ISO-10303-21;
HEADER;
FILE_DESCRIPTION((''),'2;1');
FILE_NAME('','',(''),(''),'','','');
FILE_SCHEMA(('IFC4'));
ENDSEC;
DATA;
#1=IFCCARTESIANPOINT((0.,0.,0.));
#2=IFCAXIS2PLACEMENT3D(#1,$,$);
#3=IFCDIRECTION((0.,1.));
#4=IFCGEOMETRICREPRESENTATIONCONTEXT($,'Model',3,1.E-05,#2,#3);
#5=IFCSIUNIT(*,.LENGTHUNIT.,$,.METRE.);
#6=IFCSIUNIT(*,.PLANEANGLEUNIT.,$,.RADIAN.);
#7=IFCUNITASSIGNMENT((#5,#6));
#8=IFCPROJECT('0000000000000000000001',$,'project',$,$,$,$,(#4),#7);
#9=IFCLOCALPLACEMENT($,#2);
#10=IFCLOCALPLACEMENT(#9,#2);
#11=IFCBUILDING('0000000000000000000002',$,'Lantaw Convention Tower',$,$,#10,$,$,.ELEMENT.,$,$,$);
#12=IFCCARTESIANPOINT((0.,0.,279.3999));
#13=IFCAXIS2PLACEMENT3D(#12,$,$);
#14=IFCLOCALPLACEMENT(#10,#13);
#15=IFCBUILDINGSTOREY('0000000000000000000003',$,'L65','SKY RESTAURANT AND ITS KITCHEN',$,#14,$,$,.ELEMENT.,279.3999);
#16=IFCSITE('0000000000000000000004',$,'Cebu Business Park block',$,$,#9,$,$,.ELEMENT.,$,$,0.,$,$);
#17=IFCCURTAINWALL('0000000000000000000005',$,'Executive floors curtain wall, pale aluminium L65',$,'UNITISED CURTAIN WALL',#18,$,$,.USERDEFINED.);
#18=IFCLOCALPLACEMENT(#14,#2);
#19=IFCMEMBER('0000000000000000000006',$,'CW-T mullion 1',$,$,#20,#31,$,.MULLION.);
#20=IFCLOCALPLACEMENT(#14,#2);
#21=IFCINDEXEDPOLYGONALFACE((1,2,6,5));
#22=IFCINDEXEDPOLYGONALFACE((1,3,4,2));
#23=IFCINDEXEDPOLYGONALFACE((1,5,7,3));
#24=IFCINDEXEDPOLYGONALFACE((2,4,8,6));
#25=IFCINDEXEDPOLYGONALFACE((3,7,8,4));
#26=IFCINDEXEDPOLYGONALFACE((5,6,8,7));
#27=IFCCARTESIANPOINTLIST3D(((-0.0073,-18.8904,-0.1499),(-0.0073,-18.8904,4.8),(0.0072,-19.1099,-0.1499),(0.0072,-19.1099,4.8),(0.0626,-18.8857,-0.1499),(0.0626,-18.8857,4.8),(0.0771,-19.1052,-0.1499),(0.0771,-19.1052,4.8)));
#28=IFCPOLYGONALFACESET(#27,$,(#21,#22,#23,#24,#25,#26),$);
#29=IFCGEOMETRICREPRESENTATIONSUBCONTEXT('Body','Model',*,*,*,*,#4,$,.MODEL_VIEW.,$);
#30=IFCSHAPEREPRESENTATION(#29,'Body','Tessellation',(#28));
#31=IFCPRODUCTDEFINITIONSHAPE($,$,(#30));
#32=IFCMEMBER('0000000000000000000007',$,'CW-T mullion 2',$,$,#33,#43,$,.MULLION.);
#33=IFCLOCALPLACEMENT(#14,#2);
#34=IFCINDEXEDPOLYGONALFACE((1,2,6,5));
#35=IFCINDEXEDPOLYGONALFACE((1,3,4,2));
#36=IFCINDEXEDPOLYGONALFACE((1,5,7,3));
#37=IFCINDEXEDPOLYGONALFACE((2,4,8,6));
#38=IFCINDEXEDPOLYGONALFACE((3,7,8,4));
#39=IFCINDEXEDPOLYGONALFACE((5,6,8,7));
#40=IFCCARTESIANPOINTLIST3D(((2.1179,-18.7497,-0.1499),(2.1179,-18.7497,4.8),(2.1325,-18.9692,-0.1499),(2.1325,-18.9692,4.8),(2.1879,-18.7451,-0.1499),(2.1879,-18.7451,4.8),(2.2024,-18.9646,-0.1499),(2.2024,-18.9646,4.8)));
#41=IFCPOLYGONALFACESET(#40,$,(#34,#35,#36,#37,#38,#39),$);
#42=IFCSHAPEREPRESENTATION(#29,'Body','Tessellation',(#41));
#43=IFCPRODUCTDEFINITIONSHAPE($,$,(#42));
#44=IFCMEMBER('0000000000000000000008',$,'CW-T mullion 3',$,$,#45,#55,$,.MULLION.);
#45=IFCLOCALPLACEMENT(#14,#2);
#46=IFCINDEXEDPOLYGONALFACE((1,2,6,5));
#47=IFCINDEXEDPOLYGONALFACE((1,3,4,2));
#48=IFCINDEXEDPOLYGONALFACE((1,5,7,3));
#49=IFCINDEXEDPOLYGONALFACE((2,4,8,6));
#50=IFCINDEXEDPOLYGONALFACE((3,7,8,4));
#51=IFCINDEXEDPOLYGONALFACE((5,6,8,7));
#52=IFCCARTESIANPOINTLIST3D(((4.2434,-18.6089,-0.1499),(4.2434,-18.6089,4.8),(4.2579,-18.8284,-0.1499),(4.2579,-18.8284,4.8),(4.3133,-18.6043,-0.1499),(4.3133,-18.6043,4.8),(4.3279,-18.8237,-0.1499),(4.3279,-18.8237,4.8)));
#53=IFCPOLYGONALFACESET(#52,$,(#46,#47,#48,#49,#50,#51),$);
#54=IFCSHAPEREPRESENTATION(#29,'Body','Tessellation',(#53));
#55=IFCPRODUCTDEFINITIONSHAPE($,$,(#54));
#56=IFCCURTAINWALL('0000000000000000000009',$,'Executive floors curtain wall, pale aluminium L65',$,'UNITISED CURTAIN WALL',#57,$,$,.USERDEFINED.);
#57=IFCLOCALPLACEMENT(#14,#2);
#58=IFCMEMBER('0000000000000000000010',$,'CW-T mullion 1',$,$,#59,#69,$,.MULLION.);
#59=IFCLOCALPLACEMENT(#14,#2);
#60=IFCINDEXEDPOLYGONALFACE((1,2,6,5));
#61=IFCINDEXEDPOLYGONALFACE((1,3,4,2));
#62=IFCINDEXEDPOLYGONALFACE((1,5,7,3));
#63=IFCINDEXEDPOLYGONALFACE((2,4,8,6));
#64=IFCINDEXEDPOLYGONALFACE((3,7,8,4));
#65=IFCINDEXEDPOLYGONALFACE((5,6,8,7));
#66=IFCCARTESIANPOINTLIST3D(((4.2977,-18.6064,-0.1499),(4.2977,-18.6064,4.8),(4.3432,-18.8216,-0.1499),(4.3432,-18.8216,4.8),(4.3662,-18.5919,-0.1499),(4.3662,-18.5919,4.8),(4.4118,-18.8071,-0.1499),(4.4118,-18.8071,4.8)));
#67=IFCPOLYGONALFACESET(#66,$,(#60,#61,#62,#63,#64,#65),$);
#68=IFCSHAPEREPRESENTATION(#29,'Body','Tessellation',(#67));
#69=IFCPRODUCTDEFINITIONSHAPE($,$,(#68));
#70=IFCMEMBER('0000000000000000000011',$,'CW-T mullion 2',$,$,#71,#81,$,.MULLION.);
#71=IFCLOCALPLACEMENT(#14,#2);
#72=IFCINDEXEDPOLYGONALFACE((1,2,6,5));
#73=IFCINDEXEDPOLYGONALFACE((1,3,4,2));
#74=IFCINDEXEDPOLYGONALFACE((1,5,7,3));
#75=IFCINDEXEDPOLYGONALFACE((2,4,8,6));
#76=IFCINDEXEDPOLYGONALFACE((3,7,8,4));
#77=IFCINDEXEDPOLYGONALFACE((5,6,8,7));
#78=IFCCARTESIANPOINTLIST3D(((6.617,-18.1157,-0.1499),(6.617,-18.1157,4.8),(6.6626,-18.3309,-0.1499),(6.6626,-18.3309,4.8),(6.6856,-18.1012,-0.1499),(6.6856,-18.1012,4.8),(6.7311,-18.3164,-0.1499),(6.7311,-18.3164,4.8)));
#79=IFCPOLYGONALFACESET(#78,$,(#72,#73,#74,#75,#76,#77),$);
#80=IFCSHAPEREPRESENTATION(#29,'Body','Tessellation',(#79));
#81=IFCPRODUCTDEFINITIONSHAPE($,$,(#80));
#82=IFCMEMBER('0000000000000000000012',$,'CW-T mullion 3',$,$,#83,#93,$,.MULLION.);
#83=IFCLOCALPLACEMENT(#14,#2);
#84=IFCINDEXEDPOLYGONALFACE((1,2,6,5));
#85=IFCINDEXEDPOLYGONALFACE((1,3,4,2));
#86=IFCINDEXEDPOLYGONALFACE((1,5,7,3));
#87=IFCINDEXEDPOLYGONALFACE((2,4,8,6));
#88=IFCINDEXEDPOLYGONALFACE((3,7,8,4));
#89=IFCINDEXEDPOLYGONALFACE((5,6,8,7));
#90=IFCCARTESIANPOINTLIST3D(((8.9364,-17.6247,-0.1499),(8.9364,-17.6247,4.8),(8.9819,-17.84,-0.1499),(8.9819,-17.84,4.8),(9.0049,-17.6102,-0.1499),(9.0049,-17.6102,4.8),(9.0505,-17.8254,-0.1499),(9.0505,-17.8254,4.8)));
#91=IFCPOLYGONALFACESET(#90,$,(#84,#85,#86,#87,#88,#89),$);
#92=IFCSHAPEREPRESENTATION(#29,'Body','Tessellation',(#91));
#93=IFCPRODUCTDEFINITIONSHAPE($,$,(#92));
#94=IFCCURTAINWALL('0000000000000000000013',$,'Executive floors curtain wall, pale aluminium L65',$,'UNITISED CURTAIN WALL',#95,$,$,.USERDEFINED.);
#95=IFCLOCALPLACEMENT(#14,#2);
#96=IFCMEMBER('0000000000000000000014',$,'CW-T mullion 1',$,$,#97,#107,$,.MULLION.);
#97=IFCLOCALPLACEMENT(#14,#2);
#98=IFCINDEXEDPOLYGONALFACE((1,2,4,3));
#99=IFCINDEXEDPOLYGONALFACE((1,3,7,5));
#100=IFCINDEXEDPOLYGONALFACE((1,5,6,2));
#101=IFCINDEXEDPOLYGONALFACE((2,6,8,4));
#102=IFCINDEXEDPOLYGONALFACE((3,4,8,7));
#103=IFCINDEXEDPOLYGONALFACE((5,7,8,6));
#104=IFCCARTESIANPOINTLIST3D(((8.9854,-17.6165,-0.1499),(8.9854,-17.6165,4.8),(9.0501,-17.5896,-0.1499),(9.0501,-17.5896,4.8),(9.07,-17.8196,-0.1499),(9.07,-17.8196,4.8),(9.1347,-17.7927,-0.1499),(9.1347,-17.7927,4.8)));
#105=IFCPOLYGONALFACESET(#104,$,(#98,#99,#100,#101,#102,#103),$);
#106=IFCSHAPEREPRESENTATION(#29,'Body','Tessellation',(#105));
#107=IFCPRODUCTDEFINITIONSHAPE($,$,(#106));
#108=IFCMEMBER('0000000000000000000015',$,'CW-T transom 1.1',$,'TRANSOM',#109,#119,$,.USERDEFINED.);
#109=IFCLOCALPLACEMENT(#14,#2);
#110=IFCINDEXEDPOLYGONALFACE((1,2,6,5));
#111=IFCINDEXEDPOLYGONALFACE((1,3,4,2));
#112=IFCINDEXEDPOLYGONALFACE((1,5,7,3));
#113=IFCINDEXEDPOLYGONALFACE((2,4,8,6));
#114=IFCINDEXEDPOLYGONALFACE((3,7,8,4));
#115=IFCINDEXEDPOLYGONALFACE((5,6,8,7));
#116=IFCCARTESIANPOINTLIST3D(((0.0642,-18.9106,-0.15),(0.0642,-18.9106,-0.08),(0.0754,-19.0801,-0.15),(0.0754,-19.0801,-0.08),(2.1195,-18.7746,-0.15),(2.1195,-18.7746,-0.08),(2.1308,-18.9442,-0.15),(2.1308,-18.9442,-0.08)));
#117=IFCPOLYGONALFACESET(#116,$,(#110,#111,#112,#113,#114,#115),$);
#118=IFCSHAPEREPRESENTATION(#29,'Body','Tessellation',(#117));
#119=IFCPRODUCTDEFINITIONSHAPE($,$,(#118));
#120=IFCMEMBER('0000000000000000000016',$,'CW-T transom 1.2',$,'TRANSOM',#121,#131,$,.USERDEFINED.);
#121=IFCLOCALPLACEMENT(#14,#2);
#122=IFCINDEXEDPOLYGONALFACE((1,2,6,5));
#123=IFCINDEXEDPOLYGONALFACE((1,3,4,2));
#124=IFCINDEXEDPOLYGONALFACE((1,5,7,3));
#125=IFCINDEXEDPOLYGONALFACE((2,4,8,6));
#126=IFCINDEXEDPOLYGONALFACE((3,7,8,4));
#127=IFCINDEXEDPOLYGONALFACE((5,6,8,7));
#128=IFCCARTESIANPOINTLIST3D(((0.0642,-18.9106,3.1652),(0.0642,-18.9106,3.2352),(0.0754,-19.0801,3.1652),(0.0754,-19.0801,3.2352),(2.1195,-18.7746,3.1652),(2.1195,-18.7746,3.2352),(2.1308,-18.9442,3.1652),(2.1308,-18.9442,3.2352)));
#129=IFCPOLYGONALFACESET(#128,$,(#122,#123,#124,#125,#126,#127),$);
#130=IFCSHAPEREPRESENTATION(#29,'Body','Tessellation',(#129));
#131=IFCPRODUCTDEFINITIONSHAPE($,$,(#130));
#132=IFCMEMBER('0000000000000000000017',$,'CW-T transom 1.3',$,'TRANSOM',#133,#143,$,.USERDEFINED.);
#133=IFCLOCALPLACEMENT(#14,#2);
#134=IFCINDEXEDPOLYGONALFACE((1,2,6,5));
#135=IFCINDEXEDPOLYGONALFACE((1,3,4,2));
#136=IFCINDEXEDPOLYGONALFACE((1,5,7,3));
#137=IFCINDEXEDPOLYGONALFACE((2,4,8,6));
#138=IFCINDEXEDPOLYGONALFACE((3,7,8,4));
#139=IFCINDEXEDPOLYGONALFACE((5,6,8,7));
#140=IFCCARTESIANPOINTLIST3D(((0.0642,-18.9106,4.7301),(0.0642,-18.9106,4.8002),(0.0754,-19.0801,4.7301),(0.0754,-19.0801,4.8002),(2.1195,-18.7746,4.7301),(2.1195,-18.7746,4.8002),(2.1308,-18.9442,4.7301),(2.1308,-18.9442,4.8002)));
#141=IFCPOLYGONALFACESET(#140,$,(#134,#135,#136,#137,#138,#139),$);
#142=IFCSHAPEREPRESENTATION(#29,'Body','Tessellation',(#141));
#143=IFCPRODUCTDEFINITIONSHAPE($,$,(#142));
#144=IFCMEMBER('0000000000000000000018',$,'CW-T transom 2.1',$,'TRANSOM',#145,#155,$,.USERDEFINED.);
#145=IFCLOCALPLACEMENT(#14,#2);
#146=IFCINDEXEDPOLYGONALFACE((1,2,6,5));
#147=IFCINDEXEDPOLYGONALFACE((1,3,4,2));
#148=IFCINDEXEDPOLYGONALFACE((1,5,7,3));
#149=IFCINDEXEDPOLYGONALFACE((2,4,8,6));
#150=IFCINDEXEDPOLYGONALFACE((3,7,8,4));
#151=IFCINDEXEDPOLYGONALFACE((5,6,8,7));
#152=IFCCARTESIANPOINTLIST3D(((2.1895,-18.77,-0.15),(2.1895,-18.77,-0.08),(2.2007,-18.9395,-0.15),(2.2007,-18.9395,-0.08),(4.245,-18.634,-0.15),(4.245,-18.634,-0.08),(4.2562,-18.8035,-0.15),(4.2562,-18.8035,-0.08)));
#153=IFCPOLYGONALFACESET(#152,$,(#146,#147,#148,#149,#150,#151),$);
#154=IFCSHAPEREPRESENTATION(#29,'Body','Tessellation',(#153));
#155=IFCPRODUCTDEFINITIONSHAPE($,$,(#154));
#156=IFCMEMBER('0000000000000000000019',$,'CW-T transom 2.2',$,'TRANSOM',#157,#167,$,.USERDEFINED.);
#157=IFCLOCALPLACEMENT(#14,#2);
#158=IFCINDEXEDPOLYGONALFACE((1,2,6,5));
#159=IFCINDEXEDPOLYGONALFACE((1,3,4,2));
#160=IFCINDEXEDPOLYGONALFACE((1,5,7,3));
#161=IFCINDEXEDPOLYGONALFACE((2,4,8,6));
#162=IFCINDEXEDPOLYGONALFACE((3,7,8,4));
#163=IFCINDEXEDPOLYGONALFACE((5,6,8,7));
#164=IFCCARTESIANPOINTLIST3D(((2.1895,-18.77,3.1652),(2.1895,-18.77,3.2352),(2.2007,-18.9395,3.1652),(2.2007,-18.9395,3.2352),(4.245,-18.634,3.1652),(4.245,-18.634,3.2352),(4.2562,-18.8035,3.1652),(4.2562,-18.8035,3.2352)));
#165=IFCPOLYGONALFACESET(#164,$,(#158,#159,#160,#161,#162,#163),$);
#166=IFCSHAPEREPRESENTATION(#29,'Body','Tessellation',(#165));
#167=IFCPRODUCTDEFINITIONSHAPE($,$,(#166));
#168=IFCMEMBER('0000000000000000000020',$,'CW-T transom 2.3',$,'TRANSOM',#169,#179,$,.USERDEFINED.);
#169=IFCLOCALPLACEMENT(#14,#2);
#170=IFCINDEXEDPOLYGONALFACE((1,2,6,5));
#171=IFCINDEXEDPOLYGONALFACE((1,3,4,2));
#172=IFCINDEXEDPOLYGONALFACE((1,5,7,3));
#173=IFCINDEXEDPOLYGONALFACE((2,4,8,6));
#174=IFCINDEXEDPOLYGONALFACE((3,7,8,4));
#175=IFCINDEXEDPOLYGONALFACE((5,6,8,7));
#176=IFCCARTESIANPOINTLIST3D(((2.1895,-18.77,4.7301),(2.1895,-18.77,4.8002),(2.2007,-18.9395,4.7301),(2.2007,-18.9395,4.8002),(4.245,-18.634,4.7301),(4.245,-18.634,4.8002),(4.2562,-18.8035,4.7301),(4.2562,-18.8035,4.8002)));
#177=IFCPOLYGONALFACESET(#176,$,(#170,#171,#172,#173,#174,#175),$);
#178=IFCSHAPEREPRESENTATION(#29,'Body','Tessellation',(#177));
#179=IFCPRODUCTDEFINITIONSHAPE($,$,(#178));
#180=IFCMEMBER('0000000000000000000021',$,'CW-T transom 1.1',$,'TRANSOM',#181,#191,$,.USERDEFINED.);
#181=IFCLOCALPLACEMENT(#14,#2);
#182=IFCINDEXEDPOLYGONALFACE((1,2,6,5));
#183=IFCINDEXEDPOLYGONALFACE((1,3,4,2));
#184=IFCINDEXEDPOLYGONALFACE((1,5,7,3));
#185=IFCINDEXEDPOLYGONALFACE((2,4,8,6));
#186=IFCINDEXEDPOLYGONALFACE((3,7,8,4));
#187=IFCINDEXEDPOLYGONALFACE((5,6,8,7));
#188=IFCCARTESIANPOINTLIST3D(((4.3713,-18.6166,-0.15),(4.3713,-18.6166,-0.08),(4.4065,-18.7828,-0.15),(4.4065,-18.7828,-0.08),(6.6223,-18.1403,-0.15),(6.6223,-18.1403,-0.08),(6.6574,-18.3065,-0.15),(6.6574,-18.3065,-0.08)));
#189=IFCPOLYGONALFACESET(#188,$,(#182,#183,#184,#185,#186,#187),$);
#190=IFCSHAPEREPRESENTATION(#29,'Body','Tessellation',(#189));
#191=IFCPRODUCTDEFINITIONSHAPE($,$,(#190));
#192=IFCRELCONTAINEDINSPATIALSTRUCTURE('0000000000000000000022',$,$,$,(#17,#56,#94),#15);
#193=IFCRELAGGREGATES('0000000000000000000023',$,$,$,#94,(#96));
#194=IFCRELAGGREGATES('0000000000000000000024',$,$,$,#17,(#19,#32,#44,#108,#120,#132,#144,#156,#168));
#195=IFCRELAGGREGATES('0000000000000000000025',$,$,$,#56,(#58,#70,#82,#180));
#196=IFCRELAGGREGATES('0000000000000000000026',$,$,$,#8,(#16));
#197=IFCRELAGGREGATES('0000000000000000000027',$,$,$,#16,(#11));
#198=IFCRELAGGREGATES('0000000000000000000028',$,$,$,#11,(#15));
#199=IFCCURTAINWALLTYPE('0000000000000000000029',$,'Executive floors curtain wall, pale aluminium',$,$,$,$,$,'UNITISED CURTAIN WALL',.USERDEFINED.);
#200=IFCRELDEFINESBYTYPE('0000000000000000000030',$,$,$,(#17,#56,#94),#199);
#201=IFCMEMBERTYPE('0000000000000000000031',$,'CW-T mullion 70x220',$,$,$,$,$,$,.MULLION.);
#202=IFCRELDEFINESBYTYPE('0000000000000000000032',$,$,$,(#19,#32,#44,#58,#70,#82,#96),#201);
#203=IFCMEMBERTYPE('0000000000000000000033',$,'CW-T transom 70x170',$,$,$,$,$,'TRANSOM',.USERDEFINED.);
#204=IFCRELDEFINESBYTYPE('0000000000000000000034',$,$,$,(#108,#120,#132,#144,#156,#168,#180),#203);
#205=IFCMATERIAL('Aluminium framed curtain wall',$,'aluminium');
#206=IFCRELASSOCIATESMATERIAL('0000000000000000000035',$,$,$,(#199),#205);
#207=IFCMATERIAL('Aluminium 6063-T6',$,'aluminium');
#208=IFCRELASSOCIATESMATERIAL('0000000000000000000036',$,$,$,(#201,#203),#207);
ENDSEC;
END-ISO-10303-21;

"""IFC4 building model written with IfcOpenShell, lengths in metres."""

from ifc_helpers import new_model, si_unit, direction, frame, origin, origin_2d, place, context, subcontext, project, spatial, rectangle, extrude, material, material_profile, profile_set, type_object, element, aggregate, save


model = new_model("IFC4")

# Units and contexts
model_context = context("Model", 3, precision=1e-05, world=origin(), true_north=direction((0.0, 1.0)))
body_context = subcontext(model_context, "Body", "Model", "MODEL_VIEW")
ifc_project = project(units=[si_unit("LENGTHUNIT", "METRE"), si_unit("PLANEANGLEUNIT", "RADIAN")], contexts=[model_context])

# Site, building, storey
site_placement = place(None, origin())
site = spatial("IfcSite", under=ifc_project, at=site_placement, Name="Cebu Business Park block", CompositionType="ELEMENT", RefElevation=0.0)
building_placement = place(site_placement, origin())
building = spatial("IfcBuilding", under=site, at=building_placement, Name="Lantaw Convention Tower", CompositionType="ELEMENT")
storey_placement = place(building_placement, frame((0.0, 0.0, 279.3999)))
storey = spatial("IfcBuildingStorey", under=building, at=storey_placement, Name="L65", Description="SKY RESTAURANT AND ITS KITCHEN", CompositionType="ELEMENT", Elevation=279.3999)

# Curtain walls, members
ifc_material_1 = material(Name="Aluminium framed curtain wall", Category="aluminium")
curtain_wall_type = type_object("IfcCurtainWallType", Name="Executive floors curtain wall, pale aluminium", ElementType="UNITISED CURTAIN WALL", PredefinedType="USERDEFINED", material=ifc_material_1)
curtain_wall_1_placement = place(storey_placement, origin())
curtain_wall_1 = element("IfcCurtainWall", 1, at=curtain_wall_1_placement, inside=storey, type_object=curtain_wall_type, Name="Executive floors curtain wall, pale aluminium L65", ObjectType="UNITISED CURTAIN WALL", PredefinedType="USERDEFINED")
ifc_material_2 = material(Name="Aluminium 6063-T6", Category="aluminium")
ifc_material_profile_1 = material_profile(ifc_material_2, rectangle(XDim=0.22, YDim=0.0701, at=origin_2d()), Name="CW-T mullion 70x220")
ifc_profile_set_1 = profile_set([ifc_material_profile_1], Name="Aluminium 6063-T6")
member_type_1 = type_object("IfcMemberType", Name="CW-T mullion 70x220", PredefinedType="MULLION", material=ifc_profile_set_1)
member_1_placement = place(storey_placement, frame((0.0349, -18.9978, -0.1499), z_axis=(0.0, 0.0, 1.0), x_axis=(-0.066025, 0.997818, 0.0)))
member_1 = element("IfcMember", 2, at=member_1_placement, type_object=member_type_1, Name="CW-T mullion 1", PredefinedType="MULLION", context=body_context, shape_type="SweptSolid", body=[
    extrude(rectangle(XDim=0.22, YDim=0.0701, at=origin_2d()), origin(), (0.0, 0.0, 1.0), 4.95),
])
member_2_placement = place(storey_placement, frame((2.1602, -18.8572, -0.1499), z_axis=(0.0, 0.0, 1.0), x_axis=(-0.066025, 0.997818, 0.0)))
member_2 = element("IfcMember", 3, at=member_2_placement, type_object=member_type_1, Name="CW-T mullion 2", PredefinedType="MULLION", context=body_context, shape_type="SweptSolid", body=[
    extrude(rectangle(XDim=0.22, YDim=0.0701, at=origin_2d()), origin(), (0.0, 0.0, 1.0), 4.95),
])
member_3_placement = place(storey_placement, frame((4.2856, -18.7163, -0.1499), z_axis=(0.0, 0.0, 1.0), x_axis=(-0.066025, 0.997818, 0.0)))
member_3 = element("IfcMember", 4, at=member_3_placement, type_object=member_type_1, Name="CW-T mullion 3", PredefinedType="MULLION", context=body_context, shape_type="SweptSolid", body=[
    extrude(rectangle(XDim=0.22, YDim=0.0701, at=origin_2d()), origin(), (0.0, 0.0, 1.0), 4.95),
])
curtain_wall_2_placement = place(storey_placement, origin())
curtain_wall_2 = element("IfcCurtainWall", 5, at=curtain_wall_2_placement, inside=storey, type_object=curtain_wall_type, Name="Executive floors curtain wall, pale aluminium L65", ObjectType="UNITISED CURTAIN WALL", PredefinedType="USERDEFINED")
member_4_placement = place(storey_placement, frame((4.3547, -18.7068, -0.1499), z_axis=(0.0, 0.0, 1.0), x_axis=(-0.20704, 0.978332, 0.0)))
member_4 = element("IfcMember", 6, at=member_4_placement, type_object=member_type_1, Name="CW-T mullion 1", PredefinedType="MULLION", context=body_context, shape_type="SweptSolid", body=[
    extrude(rectangle(XDim=0.22, YDim=0.0701, at=origin_2d()), origin(), (0.0, 0.0, 1.0), 4.95),
])
member_5_placement = place(storey_placement, frame((6.6741, -18.2161, -0.1499), z_axis=(0.0, 0.0, 1.0), x_axis=(-0.20704, 0.978332, 0.0)))
member_5 = element("IfcMember", 7, at=member_5_placement, type_object=member_type_1, Name="CW-T mullion 2", PredefinedType="MULLION", context=body_context, shape_type="SweptSolid", body=[
    extrude(rectangle(XDim=0.22, YDim=0.0701, at=origin_2d()), origin(), (0.0, 0.0, 1.0), 4.95),
])
member_6_placement = place(storey_placement, frame((8.9934, -17.7251, -0.1499), z_axis=(0.0, 0.0, 1.0), x_axis=(-0.20704, 0.978332, 0.0)))
member_6 = element("IfcMember", 8, at=member_6_placement, type_object=member_type_1, Name="CW-T mullion 3", PredefinedType="MULLION", context=body_context, shape_type="SweptSolid", body=[
    extrude(rectangle(XDim=0.22, YDim=0.0701, at=origin_2d()), origin(), (0.0, 0.0, 1.0), 4.95),
])

# Curtain wall, member
curtain_wall_3_placement = place(storey_placement, origin())
curtain_wall_3 = element("IfcCurtainWall", 9, at=curtain_wall_3_placement, inside=storey, type_object=curtain_wall_type, Name="Executive floors curtain wall, pale aluminium L65", ObjectType="UNITISED CURTAIN WALL", PredefinedType="USERDEFINED")
member_7_placement = place(storey_placement, frame((9.0601, -17.7046, -0.1499), z_axis=(0.0, 0.0, 1.0), x_axis=(-0.38446, 0.923142, 0.0)))
member_7 = element("IfcMember", 10, at=member_7_placement, type_object=member_type_1, Name="CW-T mullion 1", PredefinedType="MULLION", context=body_context, shape_type="SweptSolid", body=[
    extrude(rectangle(XDim=0.22, YDim=0.0701, at=origin_2d()), origin(), (0.0, 0.0, 1.0), 4.95),
])

# Members
ifc_material_profile_2 = material_profile(ifc_material_2, rectangle(XDim=0.1699, YDim=0.0701, at=origin_2d()), Name="CW-T transom 70x170")
ifc_profile_set_2 = profile_set([ifc_material_profile_2], Name="Aluminium 6063-T6")
member_type_2 = type_object("IfcMemberType", Name="CW-T transom 70x170", ElementType="TRANSOM", PredefinedType="USERDEFINED", material=ifc_profile_set_2)
member_8_placement = place(storey_placement, frame((0.0698, -18.9954, -0.115), z_axis=(0.997819, 0.066016, 0.0), x_axis=(-0.066016, 0.997819, 0.0)))
member_8 = element("IfcMember", 11, at=member_8_placement, type_object=member_type_2, Name="CW-T transom 1.1", ObjectType="TRANSOM", PredefinedType="USERDEFINED", context=body_context, shape_type="SweptSolid", body=[
    extrude(rectangle(XDim=0.1699, YDim=0.0701, at=origin_2d()), origin(), (0.0, 0.0, 1.0), 2.0598),
])
member_9_placement = place(storey_placement, frame((0.0698, -18.9954, 3.2002), z_axis=(0.997819, 0.066016, 0.0), x_axis=(-0.066016, 0.997819, 0.0)))
member_9 = element("IfcMember", 12, at=member_9_placement, type_object=member_type_2, Name="CW-T transom 1.2", ObjectType="TRANSOM", PredefinedType="USERDEFINED", context=body_context, shape_type="SweptSolid", body=[
    extrude(rectangle(XDim=0.1699, YDim=0.0701, at=origin_2d()), origin(), (0.0, 0.0, 1.0), 2.0598),
])
member_10_placement = place(storey_placement, frame((0.0698, -18.9954, 4.7651), z_axis=(0.997819, 0.066016, 0.0), x_axis=(-0.066016, 0.997819, 0.0)))
member_10 = element("IfcMember", 13, at=member_10_placement, type_object=member_type_2, Name="CW-T transom 1.3", ObjectType="TRANSOM", PredefinedType="USERDEFINED", context=body_context, shape_type="SweptSolid", body=[
    extrude(rectangle(XDim=0.1699, YDim=0.0701, at=origin_2d()), origin(), (0.0, 0.0, 1.0), 2.0598),
])
member_11_placement = place(storey_placement, frame((2.1951, -18.8547, -0.115), z_axis=(0.997819, 0.066008, 0.0), x_axis=(-0.066008, 0.997819, 0.0)))
member_11 = element("IfcMember", 14, at=member_11_placement, type_object=member_type_2, Name="CW-T transom 2.1", ObjectType="TRANSOM", PredefinedType="USERDEFINED", context=body_context, shape_type="SweptSolid", body=[
    extrude(rectangle(XDim=0.1699, YDim=0.0701, at=origin_2d()), origin(), (0.0, 0.0, 1.0), 2.0601),
])
member_12_placement = place(storey_placement, frame((2.1951, -18.8547, 3.2002), z_axis=(0.997819, 0.066008, 0.0), x_axis=(-0.066008, 0.997819, 0.0)))
member_12 = element("IfcMember", 15, at=member_12_placement, type_object=member_type_2, Name="CW-T transom 2.2", ObjectType="TRANSOM", PredefinedType="USERDEFINED", context=body_context, shape_type="SweptSolid", body=[
    extrude(rectangle(XDim=0.1699, YDim=0.0701, at=origin_2d()), origin(), (0.0, 0.0, 1.0), 2.0601),
])
member_13_placement = place(storey_placement, frame((2.1951, -18.8547, 4.7651), z_axis=(0.997819, 0.066008, 0.0), x_axis=(-0.066008, 0.997819, 0.0)))
member_13 = element("IfcMember", 16, at=member_13_placement, type_object=member_type_2, Name="CW-T transom 2.3", ObjectType="TRANSOM", PredefinedType="USERDEFINED", context=body_context, shape_type="SweptSolid", body=[
    extrude(rectangle(XDim=0.1699, YDim=0.0701, at=origin_2d()), origin(), (0.0, 0.0, 1.0), 2.0601),
])
member_14_placement = place(storey_placement, frame((4.3889, -18.6997, -0.115), z_axis=(0.978336, 0.207021, 0.0), x_axis=(-0.207021, 0.978336, 0.0)))
member_14 = element("IfcMember", 17, at=member_14_placement, type_object=member_type_2, Name="CW-T transom 1.1", ObjectType="TRANSOM", PredefinedType="USERDEFINED", context=body_context, shape_type="SweptSolid", body=[
    extrude(rectangle(XDim=0.1699, YDim=0.0701, at=origin_2d()), origin(), (0.0, 0.0, 1.0), 2.3008),
])
aggregate(curtain_wall_3, [member_7])

aggregate(curtain_wall_1, [member_1, member_2, member_3, member_8, member_9, member_10, member_11, member_12, member_13])
aggregate(curtain_wall_2, [member_4, member_5, member_6, member_14])

save(model, "model.ifc")
